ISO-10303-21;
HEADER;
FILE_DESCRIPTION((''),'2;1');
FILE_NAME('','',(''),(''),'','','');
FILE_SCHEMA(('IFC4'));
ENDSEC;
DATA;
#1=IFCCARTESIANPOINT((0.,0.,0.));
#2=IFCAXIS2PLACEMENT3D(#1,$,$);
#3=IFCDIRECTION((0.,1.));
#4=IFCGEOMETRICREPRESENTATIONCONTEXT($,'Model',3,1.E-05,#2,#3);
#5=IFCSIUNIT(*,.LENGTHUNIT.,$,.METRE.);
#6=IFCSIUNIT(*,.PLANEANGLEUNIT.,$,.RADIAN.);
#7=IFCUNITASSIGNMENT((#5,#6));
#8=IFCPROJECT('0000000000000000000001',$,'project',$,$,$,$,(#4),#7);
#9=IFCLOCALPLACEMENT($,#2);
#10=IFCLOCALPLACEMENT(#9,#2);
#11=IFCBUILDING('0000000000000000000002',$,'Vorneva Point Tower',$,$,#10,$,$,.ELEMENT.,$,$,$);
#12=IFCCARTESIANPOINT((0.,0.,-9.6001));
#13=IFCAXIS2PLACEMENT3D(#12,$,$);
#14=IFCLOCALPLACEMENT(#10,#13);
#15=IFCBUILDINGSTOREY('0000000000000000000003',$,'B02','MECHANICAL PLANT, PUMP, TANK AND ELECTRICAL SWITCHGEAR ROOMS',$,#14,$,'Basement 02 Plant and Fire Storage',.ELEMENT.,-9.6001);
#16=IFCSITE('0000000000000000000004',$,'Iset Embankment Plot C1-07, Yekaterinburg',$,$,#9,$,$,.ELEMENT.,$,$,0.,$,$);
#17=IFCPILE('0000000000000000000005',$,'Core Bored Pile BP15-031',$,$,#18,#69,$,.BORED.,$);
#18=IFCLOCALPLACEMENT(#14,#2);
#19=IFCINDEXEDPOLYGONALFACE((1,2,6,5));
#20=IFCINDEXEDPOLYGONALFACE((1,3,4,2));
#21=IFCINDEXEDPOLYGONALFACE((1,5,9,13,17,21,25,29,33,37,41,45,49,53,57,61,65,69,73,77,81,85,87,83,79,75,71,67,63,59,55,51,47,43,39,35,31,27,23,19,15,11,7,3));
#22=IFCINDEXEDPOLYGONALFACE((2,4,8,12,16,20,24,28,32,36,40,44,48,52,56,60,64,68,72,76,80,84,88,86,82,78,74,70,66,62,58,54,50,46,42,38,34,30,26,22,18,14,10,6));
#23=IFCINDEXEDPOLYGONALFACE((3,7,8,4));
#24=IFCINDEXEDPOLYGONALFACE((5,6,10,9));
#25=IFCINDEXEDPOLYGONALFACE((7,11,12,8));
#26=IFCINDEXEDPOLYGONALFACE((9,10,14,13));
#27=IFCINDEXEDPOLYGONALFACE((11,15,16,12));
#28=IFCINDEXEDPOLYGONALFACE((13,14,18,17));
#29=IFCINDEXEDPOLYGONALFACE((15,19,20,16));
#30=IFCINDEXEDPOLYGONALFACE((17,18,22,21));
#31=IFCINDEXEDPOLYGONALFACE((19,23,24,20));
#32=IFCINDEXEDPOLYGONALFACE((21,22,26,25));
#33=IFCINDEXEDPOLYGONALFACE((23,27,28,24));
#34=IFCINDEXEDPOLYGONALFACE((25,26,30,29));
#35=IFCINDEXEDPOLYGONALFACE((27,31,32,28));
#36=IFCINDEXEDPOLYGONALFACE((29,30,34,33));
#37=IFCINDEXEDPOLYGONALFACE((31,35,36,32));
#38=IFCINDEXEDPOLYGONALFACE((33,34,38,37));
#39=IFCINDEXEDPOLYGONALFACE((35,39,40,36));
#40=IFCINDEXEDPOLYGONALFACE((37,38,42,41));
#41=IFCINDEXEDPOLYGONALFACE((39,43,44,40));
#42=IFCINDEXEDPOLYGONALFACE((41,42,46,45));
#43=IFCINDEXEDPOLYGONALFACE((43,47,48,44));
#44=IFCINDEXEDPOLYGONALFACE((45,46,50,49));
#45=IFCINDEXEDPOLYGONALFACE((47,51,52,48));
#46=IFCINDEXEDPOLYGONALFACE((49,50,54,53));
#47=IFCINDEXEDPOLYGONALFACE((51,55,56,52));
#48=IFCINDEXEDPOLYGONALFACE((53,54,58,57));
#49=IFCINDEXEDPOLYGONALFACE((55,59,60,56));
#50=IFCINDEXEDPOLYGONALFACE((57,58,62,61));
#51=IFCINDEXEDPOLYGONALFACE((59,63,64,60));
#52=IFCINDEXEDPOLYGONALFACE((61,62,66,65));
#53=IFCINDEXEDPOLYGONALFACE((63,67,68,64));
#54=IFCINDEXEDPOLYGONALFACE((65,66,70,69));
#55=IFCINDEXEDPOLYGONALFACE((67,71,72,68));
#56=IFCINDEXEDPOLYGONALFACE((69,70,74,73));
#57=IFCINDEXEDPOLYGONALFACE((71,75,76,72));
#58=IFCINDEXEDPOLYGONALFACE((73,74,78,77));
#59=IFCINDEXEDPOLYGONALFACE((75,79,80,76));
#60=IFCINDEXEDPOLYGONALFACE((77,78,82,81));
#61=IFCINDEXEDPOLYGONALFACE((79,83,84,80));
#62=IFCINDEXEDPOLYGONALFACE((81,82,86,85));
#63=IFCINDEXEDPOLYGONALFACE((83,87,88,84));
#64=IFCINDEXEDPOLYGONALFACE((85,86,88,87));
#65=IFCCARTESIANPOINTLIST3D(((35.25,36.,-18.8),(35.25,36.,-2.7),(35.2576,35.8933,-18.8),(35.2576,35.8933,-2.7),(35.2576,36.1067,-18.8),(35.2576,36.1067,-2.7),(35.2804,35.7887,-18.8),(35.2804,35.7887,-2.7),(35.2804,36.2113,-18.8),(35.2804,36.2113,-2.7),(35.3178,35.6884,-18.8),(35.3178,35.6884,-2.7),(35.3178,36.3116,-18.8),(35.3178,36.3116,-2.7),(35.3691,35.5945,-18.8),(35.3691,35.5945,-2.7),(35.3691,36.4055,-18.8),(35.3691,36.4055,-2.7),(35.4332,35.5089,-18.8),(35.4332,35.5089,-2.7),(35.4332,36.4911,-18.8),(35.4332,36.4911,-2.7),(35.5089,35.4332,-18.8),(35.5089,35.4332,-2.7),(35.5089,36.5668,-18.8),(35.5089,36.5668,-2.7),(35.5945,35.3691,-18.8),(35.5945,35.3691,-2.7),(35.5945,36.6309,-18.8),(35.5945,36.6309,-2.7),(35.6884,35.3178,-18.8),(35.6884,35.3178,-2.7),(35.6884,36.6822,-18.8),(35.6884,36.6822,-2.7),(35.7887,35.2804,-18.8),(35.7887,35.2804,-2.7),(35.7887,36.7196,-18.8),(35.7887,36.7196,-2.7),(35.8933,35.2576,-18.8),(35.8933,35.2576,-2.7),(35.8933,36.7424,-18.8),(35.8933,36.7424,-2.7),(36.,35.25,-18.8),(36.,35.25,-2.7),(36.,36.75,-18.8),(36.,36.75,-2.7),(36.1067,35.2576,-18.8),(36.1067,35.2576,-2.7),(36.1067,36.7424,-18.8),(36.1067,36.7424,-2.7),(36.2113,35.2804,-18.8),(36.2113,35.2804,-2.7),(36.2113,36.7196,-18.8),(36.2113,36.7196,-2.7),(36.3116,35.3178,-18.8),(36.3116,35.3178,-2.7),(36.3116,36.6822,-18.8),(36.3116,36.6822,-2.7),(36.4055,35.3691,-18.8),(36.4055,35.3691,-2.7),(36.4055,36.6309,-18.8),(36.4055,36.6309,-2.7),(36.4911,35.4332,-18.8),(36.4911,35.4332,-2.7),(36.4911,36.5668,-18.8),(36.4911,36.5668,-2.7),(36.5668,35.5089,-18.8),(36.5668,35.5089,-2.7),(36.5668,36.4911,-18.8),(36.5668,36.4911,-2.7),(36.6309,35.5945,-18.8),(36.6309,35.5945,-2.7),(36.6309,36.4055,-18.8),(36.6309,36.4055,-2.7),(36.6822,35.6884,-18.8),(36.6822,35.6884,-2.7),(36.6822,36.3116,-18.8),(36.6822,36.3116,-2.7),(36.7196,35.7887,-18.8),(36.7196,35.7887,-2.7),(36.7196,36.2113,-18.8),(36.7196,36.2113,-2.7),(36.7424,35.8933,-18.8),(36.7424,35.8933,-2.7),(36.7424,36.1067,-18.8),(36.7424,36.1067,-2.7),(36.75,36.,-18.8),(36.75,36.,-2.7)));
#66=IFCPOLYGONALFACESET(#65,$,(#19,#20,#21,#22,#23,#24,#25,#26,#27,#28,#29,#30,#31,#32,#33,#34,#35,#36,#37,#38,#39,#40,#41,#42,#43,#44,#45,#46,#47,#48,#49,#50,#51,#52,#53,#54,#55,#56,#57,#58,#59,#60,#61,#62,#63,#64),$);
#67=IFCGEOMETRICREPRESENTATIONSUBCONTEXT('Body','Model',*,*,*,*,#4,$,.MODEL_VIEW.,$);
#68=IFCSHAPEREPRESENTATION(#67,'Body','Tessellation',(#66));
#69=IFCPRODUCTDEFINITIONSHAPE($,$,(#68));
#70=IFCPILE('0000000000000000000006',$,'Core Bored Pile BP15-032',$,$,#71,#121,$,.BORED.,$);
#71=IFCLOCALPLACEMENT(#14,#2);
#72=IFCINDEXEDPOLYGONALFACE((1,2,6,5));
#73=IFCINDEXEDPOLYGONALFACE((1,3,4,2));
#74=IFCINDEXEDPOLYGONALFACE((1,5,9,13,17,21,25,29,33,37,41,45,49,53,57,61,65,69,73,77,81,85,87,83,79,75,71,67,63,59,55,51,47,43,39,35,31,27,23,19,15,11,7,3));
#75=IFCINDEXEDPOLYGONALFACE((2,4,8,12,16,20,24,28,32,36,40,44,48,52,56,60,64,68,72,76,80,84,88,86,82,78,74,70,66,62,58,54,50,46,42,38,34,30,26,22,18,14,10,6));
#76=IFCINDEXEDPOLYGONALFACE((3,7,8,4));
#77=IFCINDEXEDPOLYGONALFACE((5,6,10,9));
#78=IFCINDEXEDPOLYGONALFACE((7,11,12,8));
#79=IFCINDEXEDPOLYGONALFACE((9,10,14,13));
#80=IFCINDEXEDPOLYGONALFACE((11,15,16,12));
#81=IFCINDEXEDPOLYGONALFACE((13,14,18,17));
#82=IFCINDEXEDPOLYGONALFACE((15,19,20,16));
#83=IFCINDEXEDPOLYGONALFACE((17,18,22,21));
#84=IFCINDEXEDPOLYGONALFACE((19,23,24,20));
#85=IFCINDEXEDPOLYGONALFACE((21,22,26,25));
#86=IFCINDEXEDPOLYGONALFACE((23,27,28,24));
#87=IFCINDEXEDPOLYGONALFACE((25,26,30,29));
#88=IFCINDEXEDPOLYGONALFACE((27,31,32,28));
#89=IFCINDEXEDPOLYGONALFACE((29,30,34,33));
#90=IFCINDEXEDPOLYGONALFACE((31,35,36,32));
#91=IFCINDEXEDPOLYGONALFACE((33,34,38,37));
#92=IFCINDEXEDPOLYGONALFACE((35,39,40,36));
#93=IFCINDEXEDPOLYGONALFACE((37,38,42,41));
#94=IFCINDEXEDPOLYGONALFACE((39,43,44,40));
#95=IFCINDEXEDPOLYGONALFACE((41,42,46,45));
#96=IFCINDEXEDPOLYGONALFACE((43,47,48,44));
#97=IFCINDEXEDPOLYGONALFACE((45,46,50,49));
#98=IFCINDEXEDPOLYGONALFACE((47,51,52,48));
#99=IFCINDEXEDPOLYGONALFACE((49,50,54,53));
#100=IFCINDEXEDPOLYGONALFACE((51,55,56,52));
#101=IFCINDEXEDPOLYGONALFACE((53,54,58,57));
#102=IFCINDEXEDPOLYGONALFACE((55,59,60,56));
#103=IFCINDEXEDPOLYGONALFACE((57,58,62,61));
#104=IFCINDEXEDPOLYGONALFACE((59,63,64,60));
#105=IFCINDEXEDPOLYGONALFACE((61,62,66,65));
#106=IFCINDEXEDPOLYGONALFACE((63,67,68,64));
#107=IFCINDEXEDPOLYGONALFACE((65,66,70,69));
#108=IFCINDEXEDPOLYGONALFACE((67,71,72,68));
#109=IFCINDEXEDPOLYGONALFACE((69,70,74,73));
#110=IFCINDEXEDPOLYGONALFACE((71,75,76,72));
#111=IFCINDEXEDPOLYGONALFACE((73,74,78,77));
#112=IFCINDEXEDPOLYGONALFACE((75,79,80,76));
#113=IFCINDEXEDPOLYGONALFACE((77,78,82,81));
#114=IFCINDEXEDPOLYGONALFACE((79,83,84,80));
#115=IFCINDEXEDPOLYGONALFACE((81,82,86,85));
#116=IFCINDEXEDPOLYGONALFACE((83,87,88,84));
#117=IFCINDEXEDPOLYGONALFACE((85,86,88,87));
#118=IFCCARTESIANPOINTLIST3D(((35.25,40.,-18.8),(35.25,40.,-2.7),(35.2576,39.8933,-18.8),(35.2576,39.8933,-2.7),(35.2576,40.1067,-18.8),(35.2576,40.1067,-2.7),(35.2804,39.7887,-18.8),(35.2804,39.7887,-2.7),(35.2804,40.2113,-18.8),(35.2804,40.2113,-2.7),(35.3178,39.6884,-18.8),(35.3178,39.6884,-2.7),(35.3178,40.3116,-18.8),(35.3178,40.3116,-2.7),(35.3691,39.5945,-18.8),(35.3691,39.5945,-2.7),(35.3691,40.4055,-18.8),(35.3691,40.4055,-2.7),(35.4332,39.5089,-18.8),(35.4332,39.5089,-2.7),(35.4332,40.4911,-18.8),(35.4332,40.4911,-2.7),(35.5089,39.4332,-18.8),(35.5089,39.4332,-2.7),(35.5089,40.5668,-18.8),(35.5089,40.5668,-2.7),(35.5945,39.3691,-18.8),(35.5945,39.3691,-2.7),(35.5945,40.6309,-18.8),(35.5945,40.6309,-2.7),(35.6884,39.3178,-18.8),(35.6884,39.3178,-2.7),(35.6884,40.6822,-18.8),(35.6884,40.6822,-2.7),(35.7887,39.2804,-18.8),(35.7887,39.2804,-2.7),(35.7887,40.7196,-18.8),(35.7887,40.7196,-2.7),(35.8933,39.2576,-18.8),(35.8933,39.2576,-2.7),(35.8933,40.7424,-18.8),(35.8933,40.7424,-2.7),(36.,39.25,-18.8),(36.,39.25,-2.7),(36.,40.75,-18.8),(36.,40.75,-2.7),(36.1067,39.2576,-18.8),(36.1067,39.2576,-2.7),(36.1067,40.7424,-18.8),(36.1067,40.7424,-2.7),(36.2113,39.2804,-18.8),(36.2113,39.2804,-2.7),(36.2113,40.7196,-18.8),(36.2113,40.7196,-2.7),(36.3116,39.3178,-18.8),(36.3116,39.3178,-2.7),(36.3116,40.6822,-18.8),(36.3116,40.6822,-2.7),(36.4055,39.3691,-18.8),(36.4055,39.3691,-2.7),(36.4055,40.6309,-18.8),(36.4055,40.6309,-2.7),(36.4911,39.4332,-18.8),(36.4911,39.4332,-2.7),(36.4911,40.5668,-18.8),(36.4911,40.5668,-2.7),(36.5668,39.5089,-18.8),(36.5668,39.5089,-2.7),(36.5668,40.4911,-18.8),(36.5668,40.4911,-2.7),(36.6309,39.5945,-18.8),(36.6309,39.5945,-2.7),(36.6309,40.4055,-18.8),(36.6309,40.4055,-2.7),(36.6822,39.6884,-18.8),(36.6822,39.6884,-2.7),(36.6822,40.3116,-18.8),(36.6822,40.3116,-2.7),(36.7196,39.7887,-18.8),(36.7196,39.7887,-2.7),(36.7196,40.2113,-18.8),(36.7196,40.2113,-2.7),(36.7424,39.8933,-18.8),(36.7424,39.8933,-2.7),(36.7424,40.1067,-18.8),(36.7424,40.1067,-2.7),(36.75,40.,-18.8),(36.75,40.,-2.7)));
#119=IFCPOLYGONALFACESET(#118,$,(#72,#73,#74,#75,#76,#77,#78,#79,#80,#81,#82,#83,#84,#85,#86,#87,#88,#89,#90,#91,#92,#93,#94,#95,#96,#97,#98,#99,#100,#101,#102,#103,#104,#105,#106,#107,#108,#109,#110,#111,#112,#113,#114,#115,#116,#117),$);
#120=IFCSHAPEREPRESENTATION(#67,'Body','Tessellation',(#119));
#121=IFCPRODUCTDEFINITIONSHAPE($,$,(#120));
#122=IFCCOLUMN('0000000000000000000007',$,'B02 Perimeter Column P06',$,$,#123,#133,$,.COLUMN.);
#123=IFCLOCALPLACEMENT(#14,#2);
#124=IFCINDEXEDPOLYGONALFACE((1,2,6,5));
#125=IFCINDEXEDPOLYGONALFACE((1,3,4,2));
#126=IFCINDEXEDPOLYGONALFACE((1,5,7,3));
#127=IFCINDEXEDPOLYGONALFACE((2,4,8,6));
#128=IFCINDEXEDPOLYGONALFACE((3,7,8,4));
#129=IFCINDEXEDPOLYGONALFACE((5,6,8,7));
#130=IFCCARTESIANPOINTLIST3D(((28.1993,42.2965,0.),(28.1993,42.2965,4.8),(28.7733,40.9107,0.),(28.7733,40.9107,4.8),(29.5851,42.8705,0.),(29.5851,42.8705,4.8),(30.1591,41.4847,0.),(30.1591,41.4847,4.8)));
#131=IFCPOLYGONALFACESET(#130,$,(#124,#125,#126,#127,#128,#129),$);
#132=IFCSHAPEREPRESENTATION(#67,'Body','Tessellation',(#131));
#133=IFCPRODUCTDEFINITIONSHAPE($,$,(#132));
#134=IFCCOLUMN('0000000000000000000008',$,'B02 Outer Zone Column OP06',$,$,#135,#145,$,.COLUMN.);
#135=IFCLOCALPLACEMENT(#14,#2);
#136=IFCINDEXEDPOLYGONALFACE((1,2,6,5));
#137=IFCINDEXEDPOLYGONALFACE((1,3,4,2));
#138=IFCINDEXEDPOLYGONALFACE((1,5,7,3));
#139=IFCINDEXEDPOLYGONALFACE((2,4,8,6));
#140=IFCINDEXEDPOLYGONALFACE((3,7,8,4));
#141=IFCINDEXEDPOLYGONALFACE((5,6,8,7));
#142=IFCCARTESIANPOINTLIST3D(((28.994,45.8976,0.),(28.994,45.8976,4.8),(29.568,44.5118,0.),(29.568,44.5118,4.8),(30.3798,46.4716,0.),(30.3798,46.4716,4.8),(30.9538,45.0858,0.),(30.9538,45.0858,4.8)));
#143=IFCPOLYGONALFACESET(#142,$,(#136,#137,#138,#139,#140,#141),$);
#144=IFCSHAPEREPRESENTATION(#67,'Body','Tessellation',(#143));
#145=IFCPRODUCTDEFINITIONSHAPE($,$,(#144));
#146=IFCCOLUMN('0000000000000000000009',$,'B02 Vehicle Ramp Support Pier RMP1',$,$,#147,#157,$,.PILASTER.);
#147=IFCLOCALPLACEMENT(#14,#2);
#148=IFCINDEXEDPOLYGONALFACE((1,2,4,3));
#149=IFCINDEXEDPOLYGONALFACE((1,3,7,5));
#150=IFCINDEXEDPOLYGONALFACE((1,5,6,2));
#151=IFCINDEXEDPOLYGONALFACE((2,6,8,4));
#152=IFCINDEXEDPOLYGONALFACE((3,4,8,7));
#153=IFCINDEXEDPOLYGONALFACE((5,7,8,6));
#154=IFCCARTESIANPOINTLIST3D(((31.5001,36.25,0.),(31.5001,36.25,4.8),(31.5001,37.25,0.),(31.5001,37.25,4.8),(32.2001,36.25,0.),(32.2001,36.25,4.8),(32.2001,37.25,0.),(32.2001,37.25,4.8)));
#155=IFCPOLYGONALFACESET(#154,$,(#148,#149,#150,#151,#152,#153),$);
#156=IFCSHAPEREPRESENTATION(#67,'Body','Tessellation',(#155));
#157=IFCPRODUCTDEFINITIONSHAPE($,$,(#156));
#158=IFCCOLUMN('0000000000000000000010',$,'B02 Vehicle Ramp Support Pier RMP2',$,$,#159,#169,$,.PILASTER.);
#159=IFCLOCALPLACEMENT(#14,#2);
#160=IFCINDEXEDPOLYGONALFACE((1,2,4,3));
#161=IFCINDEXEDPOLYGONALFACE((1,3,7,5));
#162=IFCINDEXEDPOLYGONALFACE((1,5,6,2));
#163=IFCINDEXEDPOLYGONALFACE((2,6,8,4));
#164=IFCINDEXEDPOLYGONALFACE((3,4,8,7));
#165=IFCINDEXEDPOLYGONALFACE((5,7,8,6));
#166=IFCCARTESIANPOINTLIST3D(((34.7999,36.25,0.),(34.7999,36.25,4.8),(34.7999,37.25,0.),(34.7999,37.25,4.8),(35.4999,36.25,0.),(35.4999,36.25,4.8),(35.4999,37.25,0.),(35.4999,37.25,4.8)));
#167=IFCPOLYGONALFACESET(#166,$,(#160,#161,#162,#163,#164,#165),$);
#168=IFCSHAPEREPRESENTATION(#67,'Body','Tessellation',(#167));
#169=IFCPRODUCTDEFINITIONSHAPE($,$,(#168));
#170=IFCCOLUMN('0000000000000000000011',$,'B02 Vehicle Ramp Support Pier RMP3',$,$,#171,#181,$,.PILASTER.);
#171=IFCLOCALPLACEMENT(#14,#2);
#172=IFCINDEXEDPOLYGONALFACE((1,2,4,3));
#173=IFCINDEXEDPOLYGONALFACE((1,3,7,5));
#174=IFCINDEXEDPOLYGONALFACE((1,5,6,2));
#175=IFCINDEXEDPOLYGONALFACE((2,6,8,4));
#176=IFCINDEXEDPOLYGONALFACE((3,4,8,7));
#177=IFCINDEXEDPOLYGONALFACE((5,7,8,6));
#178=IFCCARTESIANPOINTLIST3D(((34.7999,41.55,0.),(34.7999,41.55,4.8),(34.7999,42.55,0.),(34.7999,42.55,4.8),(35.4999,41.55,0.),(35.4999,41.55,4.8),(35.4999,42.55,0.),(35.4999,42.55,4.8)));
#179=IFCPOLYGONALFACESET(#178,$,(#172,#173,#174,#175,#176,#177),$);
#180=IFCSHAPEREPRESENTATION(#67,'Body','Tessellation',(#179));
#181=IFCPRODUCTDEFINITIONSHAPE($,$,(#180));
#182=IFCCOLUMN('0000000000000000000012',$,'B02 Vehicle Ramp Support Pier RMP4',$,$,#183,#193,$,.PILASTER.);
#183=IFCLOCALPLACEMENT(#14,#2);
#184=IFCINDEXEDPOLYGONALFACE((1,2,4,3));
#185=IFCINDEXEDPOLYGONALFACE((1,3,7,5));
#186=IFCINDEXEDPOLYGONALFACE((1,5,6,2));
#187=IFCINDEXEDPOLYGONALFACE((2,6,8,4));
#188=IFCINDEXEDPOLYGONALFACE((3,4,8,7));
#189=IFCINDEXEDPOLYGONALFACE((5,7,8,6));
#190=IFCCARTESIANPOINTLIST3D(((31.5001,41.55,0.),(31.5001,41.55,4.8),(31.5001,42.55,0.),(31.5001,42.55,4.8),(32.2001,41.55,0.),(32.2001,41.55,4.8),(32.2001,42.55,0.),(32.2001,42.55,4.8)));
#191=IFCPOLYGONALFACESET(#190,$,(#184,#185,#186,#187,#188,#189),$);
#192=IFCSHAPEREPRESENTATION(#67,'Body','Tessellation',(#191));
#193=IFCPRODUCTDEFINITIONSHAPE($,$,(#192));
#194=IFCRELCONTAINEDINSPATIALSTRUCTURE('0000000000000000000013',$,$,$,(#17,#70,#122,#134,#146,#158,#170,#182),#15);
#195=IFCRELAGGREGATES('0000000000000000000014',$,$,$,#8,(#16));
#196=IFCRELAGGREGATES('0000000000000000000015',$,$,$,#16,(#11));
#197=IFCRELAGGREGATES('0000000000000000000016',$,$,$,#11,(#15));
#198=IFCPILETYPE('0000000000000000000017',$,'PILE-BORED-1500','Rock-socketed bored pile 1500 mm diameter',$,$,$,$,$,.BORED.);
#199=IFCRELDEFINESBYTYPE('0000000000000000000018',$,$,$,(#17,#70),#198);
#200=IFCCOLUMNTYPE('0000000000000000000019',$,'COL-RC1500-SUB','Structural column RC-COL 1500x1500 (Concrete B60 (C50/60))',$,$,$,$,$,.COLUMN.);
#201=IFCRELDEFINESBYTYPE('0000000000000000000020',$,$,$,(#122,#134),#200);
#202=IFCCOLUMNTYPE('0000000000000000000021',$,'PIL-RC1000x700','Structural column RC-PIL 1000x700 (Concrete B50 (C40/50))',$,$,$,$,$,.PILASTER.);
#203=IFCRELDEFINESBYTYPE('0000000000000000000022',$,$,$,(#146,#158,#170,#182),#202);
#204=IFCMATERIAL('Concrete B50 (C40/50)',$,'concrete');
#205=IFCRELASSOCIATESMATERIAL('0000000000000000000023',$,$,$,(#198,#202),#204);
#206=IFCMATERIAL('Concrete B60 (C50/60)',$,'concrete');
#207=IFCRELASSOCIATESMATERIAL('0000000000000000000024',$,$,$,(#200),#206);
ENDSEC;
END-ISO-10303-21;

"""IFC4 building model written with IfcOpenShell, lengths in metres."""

from ifc_helpers import new_model, si_unit, direction, frame, origin, origin_2d, place, context, subcontext, project, spatial, rectangle, circle, extrude, material, material_profile, profile_set, type_object, element, save


model = new_model("IFC4")

# Units and contexts
model_context = context("Model", 3, precision=1e-05, world=origin(), true_north=direction((0.0, 1.0)))
body_context = subcontext(model_context, "Body", "Model", "MODEL_VIEW")
ifc_project = project(units=[si_unit("LENGTHUNIT", "METRE"), si_unit("PLANEANGLEUNIT", "RADIAN")], contexts=[model_context])

# Site, building, storey
site_placement = place(None, origin())
site = spatial("IfcSite", under=ifc_project, at=site_placement, Name="Iset Embankment Plot C1-07, Yekaterinburg", CompositionType="ELEMENT", RefElevation=0.0)
building_placement = place(site_placement, origin())
building = spatial("IfcBuilding", under=site, at=building_placement, Name="Vorneva Point Tower", CompositionType="ELEMENT")
storey_placement = place(building_placement, frame((0.0, 0.0, -9.6001)))
storey = spatial("IfcBuildingStorey", under=building, at=storey_placement, Name="B02", Description="MECHANICAL PLANT, PUMP, TANK AND ELECTRICAL SWITCHGEAR ROOMS", LongName="Basement 02 Plant and Fire Storage", CompositionType="ELEMENT", Elevation=-9.6001)

# Piles
ifc_material_1 = material(Name="Concrete B50 (C40/50)", Category="concrete")
ifc_material_profile_1 = material_profile(ifc_material_1, circle(Radius=0.75, at=origin_2d()), Name="PILE-1500")
ifc_profile_set_1 = profile_set([ifc_material_profile_1], Name="Concrete B50 (C40/50)")
pile_type_1 = type_object("IfcPileType", Name="PILE-BORED-1500", Description="Rock-socketed bored pile 1500 mm diameter", PredefinedType="BORED", material=ifc_profile_set_1)
for number, where, z_axis, x_axis, name in (
    (1, (36.0, 36.0, -2.7), (0.0, 0.0, -1.0), (1.0, 0.0, 0.0), "Core Bored Pile BP15-031"),
    (2, (36.0, 40.0, -2.7), (0.0, 0.0, -1.0), (1.0, 0.0, 0.0), "Core Bored Pile BP15-032"),
):
    element("IfcPile", number, at=place(storey_placement, frame(where, z_axis=z_axis, x_axis=x_axis)), inside=storey, type_object=pile_type_1, Name=name, PredefinedType="BORED", context=body_context, shape_type="SweptSolid", body=[
        extrude(circle(Radius=0.75, at=origin_2d()), origin(), (0.0, 0.0, 1.0), 16.1001),
    ])

# Columns
ifc_material_2 = material(Name="Concrete B60 (C50/60)", Category="concrete")
ifc_material_profile_2 = material_profile(ifc_material_2, rectangle(XDim=1.5, YDim=1.5, at=origin_2d()), Name="RC-COL 1500x1500")
ifc_profile_set_2 = profile_set([ifc_material_profile_2], Name="Concrete B60 (C50/60)")
column_type_1 = type_object("IfcColumnType", Name="COL-RC1500-SUB", Description="Structural column RC-COL 1500x1500 (Concrete B60 (C50/60))", PredefinedType="COLUMN", material=ifc_profile_set_2)
for number, where, z_axis, x_axis, name in (
    (3, (29.1792, 41.8906, 0.0), (0.0, 0.0, 1.0), (-0.382683, 0.92388, 0.0), "B02 Perimeter Column P06"),
    (4, (29.9739, 45.4917, 0.0), (0.0, 0.0, 1.0), (-0.382683, 0.92388, 0.0), "B02 Outer Zone Column OP06"),
):
    element("IfcColumn", number, at=place(storey_placement, frame(where, z_axis=z_axis, x_axis=x_axis)), inside=storey, type_object=column_type_1, Name=name, PredefinedType="COLUMN", context=body_context, shape_type="SweptSolid", body=[
        extrude(rectangle(XDim=1.5, YDim=1.5, at=origin_2d()), origin(), (0.0, 0.0, 1.0), 4.8),
    ])
ifc_material_profile_3 = material_profile(ifc_material_1, rectangle(XDim=0.7, YDim=1.0, at=origin_2d()), Name="RC-PIL 1000x700")
ifc_profile_set_3 = profile_set([ifc_material_profile_3], Name="Concrete B50 (C40/50)")
column_type_2 = type_object("IfcColumnType", Name="PIL-RC1000x700", Description="Structural column RC-PIL 1000x700 (Concrete B50 (C40/50))", PredefinedType="PILASTER", material=ifc_profile_set_3)
for number, where, z_axis, x_axis, name in (
    (5, (31.8501, 36.75, 0.0), (0.0, 0.0, 1.0), (1.0, 0.0, 0.0), "B02 Vehicle Ramp Support Pier RMP1"),
    (6, (35.1499, 36.75, 0.0), (0.0, 0.0, 1.0), (1.0, 0.0, 0.0), "B02 Vehicle Ramp Support Pier RMP2"),
    (7, (35.1499, 42.05, 0.0), (0.0, 0.0, 1.0), (1.0, 0.0, 0.0), "B02 Vehicle Ramp Support Pier RMP3"),
    (8, (31.8501, 42.05, 0.0), (0.0, 0.0, 1.0), (1.0, 0.0, 0.0), "B02 Vehicle Ramp Support Pier RMP4"),
):
    element("IfcColumn", number, at=place(storey_placement, frame(where, z_axis=z_axis, x_axis=x_axis)), inside=storey, type_object=column_type_2, Name=name, PredefinedType="PILASTER", context=body_context, shape_type="SweptSolid", body=[
        extrude(rectangle(XDim=0.7, YDim=1.0, at=origin_2d()), origin(), (0.0, 0.0, 1.0), 4.8),
    ])

save(model, "model.ifc")
